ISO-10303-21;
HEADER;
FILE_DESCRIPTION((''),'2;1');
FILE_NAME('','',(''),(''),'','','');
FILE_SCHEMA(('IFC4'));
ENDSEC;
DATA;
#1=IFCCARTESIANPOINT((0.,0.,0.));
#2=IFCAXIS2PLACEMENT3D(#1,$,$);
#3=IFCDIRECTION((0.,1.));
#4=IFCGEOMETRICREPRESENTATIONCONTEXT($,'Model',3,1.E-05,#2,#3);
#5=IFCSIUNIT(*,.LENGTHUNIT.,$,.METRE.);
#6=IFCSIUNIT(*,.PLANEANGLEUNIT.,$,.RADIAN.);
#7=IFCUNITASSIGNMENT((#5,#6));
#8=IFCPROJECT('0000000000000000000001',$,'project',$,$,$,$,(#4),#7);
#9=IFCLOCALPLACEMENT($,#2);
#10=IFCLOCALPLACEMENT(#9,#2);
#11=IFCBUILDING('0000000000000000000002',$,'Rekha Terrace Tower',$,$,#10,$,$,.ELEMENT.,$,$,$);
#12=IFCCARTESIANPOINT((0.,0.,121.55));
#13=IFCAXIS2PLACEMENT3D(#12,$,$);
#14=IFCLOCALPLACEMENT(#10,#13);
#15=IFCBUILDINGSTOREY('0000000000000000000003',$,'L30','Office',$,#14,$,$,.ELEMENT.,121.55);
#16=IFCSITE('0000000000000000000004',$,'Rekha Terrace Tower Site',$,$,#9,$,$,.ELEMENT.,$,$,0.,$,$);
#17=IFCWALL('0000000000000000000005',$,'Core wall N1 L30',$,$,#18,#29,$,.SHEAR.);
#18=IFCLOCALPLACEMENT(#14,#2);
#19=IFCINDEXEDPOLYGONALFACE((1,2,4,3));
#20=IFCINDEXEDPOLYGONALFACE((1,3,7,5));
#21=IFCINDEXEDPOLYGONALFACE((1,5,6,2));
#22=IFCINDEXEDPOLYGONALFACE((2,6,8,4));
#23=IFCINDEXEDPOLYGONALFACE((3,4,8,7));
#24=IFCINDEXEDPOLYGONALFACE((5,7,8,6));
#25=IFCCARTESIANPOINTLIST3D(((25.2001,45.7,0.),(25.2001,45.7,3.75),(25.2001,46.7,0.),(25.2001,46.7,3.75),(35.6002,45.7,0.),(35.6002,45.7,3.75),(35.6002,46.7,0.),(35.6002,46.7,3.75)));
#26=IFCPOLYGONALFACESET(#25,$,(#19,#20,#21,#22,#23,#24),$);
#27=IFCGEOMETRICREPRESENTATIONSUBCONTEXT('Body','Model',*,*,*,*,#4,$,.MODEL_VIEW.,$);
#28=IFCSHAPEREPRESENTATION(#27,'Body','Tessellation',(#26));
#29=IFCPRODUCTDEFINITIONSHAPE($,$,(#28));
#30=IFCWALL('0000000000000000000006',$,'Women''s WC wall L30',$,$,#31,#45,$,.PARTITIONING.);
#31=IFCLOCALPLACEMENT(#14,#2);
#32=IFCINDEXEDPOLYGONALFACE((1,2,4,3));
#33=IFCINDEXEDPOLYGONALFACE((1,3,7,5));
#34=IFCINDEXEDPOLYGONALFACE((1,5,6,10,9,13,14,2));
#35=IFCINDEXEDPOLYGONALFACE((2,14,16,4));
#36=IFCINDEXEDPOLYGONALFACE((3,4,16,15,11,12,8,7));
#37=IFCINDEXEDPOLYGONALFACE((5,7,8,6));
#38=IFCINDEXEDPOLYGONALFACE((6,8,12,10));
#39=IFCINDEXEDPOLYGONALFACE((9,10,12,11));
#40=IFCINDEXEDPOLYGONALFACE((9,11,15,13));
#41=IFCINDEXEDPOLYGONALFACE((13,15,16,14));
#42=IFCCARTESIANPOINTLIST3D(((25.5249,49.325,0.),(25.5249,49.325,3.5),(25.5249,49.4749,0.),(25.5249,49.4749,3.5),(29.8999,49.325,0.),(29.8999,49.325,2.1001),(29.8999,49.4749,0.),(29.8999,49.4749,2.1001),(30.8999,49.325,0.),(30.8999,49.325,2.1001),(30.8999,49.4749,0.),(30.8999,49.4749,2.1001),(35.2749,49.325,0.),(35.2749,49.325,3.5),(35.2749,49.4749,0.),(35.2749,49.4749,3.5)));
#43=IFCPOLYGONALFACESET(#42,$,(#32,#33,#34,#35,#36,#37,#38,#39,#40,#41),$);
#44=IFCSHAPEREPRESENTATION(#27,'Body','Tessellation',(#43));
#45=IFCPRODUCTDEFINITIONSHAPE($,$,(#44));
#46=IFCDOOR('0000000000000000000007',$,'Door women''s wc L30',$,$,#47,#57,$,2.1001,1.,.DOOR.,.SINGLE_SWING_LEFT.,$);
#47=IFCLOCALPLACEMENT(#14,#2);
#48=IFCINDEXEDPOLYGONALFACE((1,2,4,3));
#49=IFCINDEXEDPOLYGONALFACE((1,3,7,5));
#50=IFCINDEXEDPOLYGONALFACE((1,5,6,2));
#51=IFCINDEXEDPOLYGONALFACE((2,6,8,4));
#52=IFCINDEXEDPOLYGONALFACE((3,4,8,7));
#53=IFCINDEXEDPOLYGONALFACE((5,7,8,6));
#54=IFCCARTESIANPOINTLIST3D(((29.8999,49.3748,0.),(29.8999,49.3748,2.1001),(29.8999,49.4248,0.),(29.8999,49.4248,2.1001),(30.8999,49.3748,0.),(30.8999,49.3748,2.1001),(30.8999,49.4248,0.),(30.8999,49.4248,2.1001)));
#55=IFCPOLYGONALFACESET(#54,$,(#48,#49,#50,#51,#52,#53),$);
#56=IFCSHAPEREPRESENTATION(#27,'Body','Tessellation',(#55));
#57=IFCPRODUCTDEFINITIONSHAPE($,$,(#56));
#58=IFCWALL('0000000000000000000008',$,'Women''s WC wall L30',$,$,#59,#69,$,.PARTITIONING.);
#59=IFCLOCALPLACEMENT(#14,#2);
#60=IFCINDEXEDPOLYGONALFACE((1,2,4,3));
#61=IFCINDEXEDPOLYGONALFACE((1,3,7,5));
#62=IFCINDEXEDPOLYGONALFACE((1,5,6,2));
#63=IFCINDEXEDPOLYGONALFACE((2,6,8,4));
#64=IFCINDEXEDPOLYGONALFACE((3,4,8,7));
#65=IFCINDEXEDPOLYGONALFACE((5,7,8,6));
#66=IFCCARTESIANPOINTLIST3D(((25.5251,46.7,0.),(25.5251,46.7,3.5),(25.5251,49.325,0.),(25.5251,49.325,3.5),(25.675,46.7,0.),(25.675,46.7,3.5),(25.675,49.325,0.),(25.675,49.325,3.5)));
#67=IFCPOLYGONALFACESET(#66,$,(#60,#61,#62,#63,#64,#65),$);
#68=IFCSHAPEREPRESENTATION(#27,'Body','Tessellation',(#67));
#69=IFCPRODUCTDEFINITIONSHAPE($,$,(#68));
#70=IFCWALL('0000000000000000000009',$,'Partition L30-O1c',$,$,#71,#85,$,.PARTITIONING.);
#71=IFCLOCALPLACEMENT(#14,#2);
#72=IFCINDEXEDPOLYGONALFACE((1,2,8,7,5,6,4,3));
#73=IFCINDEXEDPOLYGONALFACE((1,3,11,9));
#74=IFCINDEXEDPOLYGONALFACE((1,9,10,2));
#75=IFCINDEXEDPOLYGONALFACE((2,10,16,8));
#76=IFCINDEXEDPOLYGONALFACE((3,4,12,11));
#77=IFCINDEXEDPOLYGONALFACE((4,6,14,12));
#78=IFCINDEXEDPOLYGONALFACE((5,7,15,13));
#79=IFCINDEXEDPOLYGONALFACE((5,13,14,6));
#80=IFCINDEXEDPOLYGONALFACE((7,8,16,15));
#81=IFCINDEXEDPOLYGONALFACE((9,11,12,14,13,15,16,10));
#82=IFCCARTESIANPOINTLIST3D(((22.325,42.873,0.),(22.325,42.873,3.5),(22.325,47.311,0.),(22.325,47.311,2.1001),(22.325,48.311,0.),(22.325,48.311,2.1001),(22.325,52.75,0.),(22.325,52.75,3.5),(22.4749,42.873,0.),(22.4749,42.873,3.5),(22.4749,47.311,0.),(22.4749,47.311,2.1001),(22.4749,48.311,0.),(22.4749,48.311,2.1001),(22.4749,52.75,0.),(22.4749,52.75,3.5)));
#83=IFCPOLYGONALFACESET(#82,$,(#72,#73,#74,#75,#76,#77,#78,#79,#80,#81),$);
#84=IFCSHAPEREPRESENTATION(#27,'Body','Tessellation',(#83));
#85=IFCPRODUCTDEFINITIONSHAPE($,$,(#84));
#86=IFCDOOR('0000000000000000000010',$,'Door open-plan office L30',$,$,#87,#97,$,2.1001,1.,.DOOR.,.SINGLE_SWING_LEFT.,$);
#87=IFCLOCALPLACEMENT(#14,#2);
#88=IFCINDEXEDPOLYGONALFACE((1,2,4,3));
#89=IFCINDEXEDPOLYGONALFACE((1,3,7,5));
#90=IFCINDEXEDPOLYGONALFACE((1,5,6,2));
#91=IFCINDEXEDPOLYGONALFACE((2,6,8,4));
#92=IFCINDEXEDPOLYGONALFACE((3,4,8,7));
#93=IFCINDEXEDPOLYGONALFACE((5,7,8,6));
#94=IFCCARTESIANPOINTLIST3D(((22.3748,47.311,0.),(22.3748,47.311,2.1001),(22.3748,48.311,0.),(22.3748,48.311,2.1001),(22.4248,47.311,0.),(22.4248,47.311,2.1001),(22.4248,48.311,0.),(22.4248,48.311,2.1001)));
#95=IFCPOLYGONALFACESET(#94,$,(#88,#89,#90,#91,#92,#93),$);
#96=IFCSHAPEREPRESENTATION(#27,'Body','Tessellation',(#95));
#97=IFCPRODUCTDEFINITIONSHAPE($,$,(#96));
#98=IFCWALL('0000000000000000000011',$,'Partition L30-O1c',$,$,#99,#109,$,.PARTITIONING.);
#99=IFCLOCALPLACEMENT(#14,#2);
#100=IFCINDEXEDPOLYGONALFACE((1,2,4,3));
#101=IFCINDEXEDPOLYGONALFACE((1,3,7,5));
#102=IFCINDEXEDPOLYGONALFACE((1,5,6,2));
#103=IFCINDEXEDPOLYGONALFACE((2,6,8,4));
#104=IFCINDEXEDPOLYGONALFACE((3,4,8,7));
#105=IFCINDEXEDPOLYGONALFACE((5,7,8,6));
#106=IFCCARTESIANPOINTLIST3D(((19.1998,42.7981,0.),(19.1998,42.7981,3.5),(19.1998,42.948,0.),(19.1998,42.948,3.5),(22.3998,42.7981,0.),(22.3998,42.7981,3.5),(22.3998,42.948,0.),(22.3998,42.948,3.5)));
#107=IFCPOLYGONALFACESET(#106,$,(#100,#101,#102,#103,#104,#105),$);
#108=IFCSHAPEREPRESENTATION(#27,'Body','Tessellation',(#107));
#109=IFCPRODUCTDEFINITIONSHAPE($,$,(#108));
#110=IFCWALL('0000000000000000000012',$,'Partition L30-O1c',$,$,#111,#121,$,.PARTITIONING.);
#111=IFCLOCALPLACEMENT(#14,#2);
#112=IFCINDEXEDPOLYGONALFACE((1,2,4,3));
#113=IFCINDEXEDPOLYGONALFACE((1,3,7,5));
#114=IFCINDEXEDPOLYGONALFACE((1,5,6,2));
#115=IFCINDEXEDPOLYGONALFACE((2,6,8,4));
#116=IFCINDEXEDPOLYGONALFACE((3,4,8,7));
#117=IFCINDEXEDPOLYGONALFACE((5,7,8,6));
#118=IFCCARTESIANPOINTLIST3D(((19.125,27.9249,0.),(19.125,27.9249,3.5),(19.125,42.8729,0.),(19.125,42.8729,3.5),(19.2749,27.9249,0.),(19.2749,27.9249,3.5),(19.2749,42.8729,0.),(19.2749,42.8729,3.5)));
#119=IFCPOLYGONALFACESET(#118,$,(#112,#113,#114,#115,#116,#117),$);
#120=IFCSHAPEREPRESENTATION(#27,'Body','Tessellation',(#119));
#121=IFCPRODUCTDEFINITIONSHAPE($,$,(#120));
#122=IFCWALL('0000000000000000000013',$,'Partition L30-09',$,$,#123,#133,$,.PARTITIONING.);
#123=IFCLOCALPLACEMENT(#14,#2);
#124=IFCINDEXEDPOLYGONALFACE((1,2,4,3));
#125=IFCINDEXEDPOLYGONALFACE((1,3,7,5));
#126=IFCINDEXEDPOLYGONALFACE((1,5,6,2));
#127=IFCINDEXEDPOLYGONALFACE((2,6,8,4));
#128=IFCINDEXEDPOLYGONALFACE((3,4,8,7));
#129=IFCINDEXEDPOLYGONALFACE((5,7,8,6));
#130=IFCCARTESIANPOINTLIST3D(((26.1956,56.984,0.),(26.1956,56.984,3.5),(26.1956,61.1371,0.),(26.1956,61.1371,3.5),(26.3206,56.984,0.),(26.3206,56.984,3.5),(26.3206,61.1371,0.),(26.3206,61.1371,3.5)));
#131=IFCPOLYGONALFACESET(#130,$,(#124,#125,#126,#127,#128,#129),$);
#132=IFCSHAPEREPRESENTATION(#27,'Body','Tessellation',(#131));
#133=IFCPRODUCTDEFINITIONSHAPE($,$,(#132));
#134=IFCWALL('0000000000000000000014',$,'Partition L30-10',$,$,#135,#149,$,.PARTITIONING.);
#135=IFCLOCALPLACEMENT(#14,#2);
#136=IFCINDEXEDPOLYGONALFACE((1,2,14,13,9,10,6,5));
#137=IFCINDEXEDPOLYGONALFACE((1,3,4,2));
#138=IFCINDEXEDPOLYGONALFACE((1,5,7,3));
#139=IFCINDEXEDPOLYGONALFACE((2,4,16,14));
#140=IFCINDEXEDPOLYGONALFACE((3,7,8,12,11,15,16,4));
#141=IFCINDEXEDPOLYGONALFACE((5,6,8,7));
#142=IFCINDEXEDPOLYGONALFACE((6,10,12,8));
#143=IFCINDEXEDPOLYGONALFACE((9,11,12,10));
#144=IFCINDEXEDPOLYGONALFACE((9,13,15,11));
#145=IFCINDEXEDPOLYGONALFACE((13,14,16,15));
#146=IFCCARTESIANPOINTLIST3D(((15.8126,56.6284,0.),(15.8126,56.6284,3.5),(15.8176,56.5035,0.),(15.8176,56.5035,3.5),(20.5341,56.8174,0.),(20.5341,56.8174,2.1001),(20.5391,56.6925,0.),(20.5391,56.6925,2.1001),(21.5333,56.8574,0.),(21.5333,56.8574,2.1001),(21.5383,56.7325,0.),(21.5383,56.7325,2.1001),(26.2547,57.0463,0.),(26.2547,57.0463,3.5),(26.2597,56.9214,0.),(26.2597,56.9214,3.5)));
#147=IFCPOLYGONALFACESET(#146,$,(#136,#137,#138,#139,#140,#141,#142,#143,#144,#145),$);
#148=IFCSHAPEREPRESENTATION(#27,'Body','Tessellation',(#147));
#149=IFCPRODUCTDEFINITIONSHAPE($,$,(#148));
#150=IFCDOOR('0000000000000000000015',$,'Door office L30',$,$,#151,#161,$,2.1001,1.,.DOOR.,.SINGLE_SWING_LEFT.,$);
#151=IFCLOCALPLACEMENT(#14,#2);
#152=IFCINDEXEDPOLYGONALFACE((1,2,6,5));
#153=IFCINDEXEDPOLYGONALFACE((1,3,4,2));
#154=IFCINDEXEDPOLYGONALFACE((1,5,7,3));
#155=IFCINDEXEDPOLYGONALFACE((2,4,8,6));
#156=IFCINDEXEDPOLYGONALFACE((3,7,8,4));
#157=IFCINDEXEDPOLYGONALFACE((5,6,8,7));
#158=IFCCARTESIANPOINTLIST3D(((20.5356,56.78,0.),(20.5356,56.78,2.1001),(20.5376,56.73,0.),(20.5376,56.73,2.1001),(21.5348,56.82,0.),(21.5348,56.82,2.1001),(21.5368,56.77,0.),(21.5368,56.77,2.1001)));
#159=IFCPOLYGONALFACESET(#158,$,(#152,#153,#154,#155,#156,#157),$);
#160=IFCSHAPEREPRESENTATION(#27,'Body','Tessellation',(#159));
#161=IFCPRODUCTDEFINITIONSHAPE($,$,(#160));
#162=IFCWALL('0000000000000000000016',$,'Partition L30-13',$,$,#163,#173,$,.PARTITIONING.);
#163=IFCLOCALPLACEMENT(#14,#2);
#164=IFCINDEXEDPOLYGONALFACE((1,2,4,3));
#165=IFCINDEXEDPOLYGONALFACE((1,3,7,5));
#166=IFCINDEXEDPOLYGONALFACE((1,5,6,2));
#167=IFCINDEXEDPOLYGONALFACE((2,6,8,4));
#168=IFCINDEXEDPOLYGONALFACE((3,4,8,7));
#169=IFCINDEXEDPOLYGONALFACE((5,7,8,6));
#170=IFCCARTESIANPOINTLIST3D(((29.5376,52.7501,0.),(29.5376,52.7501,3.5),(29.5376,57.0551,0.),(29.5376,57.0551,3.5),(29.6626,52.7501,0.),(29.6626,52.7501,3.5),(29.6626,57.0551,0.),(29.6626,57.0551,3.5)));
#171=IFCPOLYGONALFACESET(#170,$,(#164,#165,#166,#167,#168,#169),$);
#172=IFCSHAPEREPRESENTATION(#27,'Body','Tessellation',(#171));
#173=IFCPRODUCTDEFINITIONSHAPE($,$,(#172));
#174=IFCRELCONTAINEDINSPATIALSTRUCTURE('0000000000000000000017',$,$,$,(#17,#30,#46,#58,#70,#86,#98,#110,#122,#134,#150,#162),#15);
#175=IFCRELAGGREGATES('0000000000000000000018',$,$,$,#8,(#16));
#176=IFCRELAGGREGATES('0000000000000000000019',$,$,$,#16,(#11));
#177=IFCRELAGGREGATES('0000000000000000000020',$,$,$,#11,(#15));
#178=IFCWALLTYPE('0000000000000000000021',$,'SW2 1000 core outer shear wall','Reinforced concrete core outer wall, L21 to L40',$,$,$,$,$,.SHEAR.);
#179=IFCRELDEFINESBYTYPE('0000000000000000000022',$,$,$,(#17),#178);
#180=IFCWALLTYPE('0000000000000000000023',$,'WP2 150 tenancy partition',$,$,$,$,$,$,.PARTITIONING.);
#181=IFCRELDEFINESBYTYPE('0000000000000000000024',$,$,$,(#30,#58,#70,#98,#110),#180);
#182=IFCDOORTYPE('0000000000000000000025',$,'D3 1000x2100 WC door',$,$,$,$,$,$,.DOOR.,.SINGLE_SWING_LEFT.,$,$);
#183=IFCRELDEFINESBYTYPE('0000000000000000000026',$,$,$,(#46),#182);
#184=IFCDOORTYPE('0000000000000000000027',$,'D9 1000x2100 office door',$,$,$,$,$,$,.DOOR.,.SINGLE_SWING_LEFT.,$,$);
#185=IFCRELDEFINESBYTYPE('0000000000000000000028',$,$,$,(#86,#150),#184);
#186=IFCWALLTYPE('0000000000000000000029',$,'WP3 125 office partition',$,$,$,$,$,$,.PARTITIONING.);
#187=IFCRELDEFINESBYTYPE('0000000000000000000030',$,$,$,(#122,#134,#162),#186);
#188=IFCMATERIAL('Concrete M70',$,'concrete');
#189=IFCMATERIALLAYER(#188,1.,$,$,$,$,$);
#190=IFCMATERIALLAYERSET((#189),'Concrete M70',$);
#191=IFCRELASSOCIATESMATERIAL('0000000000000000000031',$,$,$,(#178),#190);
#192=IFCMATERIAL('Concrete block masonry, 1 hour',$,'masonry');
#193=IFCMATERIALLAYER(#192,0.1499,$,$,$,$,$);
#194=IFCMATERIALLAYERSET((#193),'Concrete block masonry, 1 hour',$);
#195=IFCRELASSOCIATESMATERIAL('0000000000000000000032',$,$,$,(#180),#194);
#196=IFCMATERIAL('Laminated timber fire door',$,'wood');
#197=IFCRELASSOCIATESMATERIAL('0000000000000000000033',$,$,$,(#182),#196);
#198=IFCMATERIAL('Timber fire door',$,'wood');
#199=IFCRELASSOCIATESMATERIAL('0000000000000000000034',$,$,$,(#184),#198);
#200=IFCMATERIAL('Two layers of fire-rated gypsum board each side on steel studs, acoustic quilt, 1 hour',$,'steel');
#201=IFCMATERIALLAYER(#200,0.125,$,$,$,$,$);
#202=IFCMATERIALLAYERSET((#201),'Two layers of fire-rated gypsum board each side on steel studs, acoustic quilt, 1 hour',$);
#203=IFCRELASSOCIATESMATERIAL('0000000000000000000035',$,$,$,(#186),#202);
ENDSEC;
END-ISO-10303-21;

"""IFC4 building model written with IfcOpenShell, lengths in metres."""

from ifc_helpers import new_model, si_unit, direction, frame, frame_2d, origin, place, context, subcontext, project, spatial, rectangle, extrude, material, layer, layer_set, type_object, element, fill, save


model = new_model("IFC4")

# Units and contexts
model_context = context("Model", 3, precision=1e-05, world=origin(), true_north=direction((0.0, 1.0)))
body_context = subcontext(model_context, "Body", "Model", "MODEL_VIEW")
ifc_project = project(units=[si_unit("LENGTHUNIT", "METRE"), si_unit("PLANEANGLEUNIT", "RADIAN")], contexts=[model_context])

# Site, building, storey
site_placement = place(None, origin())
site = spatial("IfcSite", under=ifc_project, at=site_placement, Name="Rekha Terrace Tower Site", CompositionType="ELEMENT", RefElevation=0.0)
building_placement = place(site_placement, origin())
building = spatial("IfcBuilding", under=site, at=building_placement, Name="Rekha Terrace Tower", CompositionType="ELEMENT")
storey_placement = place(building_placement, frame((0.0, 0.0, 121.55)))
storey = spatial("IfcBuildingStorey", under=building, at=storey_placement, Name="L30", Description="Office", CompositionType="ELEMENT", Elevation=121.55)

# Shared definitions
ifc_material_1 = material(Name="Concrete M70", Category="concrete")

# Wall
ifc_layer_1 = layer(ifc_material_1, 1.0)
ifc_layer_set_1 = layer_set([ifc_layer_1], Name="Concrete M70")
wall_type_1 = type_object("IfcWallType", Name="SW2 1000 core outer shear wall", Description="Reinforced concrete core outer wall, L21 to L40", PredefinedType="SHEAR", material=ifc_layer_set_1)
wall_1_placement = place(storey_placement, frame((25.2, 46.2, 0.0), z_axis=(0.0, 0.0, 1.0), x_axis=(1.0, 0.0, 0.0)))
element("IfcWall", 1, at=wall_1_placement, inside=storey, type_object=wall_type_1, Name="Core wall N1 L30", PredefinedType="SHEAR", context=body_context, shape_type="SweptSolid", body=[
    extrude(rectangle(XDim=10.4001, YDim=1.0, at=frame_2d((5.2002, 0.0))), origin(), (0.0, 0.0, 1.0), 3.75),
])

# Wall, opening, door
ifc_material_2 = material(Name="Concrete block masonry, 1 hour", Category="masonry")
ifc_layer_2 = layer(ifc_material_2, 0.1499)
ifc_layer_set_2 = layer_set([ifc_layer_2], Name="Concrete block masonry, 1 hour")
wall_type_2 = type_object("IfcWallType", Name="WP2 150 tenancy partition", PredefinedType="PARTITIONING", material=ifc_layer_set_2)
wall_2_placement = place(storey_placement, frame((25.5249, 49.3999, 0.0), z_axis=(0.0, 0.0, 1.0), x_axis=(1.0, 0.0, 0.0)))
wall_2 = element("IfcWall", 2, at=wall_2_placement, inside=storey, type_object=wall_type_2, Name="Women's WC wall L30", PredefinedType="PARTITIONING", context=body_context, shape_type="SweptSolid", body=[
    extrude(rectangle(XDim=9.75, YDim=0.1499, at=frame_2d((4.875, 0.0))), origin(), (0.0, 0.0, 1.0), 3.5),
])
opening_1_placement = place(wall_2_placement, frame((4.375, 0.0, 0.0)))
opening_1 = element("IfcOpeningElement", 3, at=opening_1_placement, cuts=wall_2, PredefinedType="OPENING", context=body_context, shape_type="SweptSolid", body=[
    extrude(rectangle(XDim=1.0, YDim=2.1001, at=frame_2d((0.5, 1.05))), frame((0.0, 0.085, 0.0), z_axis=(0.0, -1.0, 0.0), x_axis=(1.0, 0.0, 0.0)), (0.0, 0.0, 1.0), 0.1699),
])
ifc_material_3 = material(Name="Laminated timber fire door", Category="wood")
door_type_1 = type_object("IfcDoorType", Name="D3 1000x2100 WC door", OperationType="SINGLE_SWING_LEFT", PredefinedType="DOOR", material=ifc_material_3)
door_1_placement = place(opening_1_placement, origin())
door_1 = element("IfcDoor", 4, at=door_1_placement, inside=storey, type_object=door_type_1, Name="Door women's wc L30", OperationType="SINGLE_SWING_LEFT", OverallHeight=2.1001, OverallWidth=1.0, PredefinedType="DOOR", context=body_context, shape_type="SweptSolid", body=[
    extrude(rectangle(XDim=1.0, YDim=2.1001, at=frame_2d((0.5, 1.05))), frame((0.0, 0.0249, 0.0), z_axis=(0.0, -1.0, 0.0), x_axis=(1.0, 0.0, 0.0)), (0.0, 0.0, 1.0), 0.05),
])
fill(opening_1, door_1)

# Wall
wall_3_placement = place(storey_placement, frame((25.6001, 46.7, 0.0), z_axis=(0.0, 0.0, 1.0), x_axis=(0.0, 1.0, 0.0)))
element("IfcWall", 5, at=wall_3_placement, inside=storey, type_object=wall_type_2, Name="Women's WC wall L30", PredefinedType="PARTITIONING", context=body_context, shape_type="SweptSolid", body=[
    extrude(rectangle(XDim=2.625, YDim=0.1499, at=frame_2d((1.3125, 0.0))), origin(), (0.0, 0.0, 1.0), 3.5),
])

# Wall, opening, door
wall_4_placement = place(storey_placement, frame((22.3999, 52.75, 0.0), z_axis=(0.0, 0.0, 1.0), x_axis=(0.0, -1.0, 0.0)))
wall_4 = element("IfcWall", 6, at=wall_4_placement, inside=storey, type_object=wall_type_2, Name="Partition L30-O1c", PredefinedType="PARTITIONING", context=body_context, shape_type="SweptSolid", body=[
    extrude(rectangle(XDim=9.877, YDim=0.1499, at=frame_2d((4.9385, 0.0))), origin(), (0.0, 0.0, 1.0), 3.5),
])
opening_2_placement = place(wall_4_placement, frame((4.439, 0.0, 0.0)))
opening_2 = element("IfcOpeningElement", 7, at=opening_2_placement, cuts=wall_4, PredefinedType="OPENING", context=body_context, shape_type="SweptSolid", body=[
    extrude(rectangle(XDim=1.0, YDim=2.1001, at=frame_2d((0.5, 1.05))), frame((0.0, 0.085, 0.0), z_axis=(0.0, -1.0, 0.0), x_axis=(1.0, 0.0, 0.0)), (0.0, 0.0, 1.0), 0.1699),
])
ifc_material_4 = material(Name="Timber fire door", Category="wood")
door_type_2 = type_object("IfcDoorType", Name="D9 1000x2100 office door", OperationType="SINGLE_SWING_LEFT", PredefinedType="DOOR", material=ifc_material_4)
door_2_placement = place(opening_2_placement, origin())
door_2 = element("IfcDoor", 8, at=door_2_placement, inside=storey, type_object=door_type_2, Name="Door open-plan office L30", OperationType="SINGLE_SWING_LEFT", OverallHeight=2.1001, OverallWidth=1.0, PredefinedType="DOOR", context=body_context, shape_type="SweptSolid", body=[
    extrude(rectangle(XDim=1.0, YDim=2.1001, at=frame_2d((0.5, 1.05))), frame((0.0, 0.0249, 0.0), z_axis=(0.0, -1.0, 0.0), x_axis=(1.0, 0.0, 0.0)), (0.0, 0.0, 1.0), 0.05),
])
fill(opening_2, door_2)

# Walls
wall_5_placement = place(storey_placement, frame((22.3999, 42.873, 0.0), z_axis=(0.0, 0.0, 1.0), x_axis=(-1.0, 0.0, 0.0)))
element("IfcWall", 9, at=wall_5_placement, inside=storey, type_object=wall_type_2, Name="Partition L30-O1c", PredefinedType="PARTITIONING", context=body_context, shape_type="SweptSolid", body=[
    extrude(rectangle(XDim=3.2, YDim=0.1499, at=frame_2d((1.6001, 0.0))), origin(), (0.0, 0.0, 1.0), 3.5),
])
wall_6_placement = place(storey_placement, frame((19.2, 42.873, 0.0), z_axis=(0.0, 0.0, 1.0), x_axis=(0.0, -1.0, 0.0)))
element("IfcWall", 10, at=wall_6_placement, inside=storey, type_object=wall_type_2, Name="Partition L30-O1c", PredefinedType="PARTITIONING", context=body_context, shape_type="SweptSolid", body=[
    extrude(rectangle(XDim=14.948, YDim=0.1499, at=frame_2d((7.4741, 0.0))), origin(), (0.0, 0.0, 1.0), 3.5),
])
ifc_material_5 = material(Name="Two layers of fire-rated gypsum board each side on steel studs, acoustic quilt, 1 hour", Category="steel")
ifc_layer_3 = layer(ifc_material_5, 0.125)
ifc_layer_set_3 = layer_set([ifc_layer_3], Name="Two layers of fire-rated gypsum board each side on steel studs, acoustic quilt, 1 hour")
wall_type_3 = type_object("IfcWallType", Name="WP3 125 office partition", PredefinedType="PARTITIONING", material=ifc_layer_set_3)
wall_7_placement = place(storey_placement, frame((26.2581, 56.9839, 0.0), z_axis=(0.0, 0.0, 1.0), x_axis=(0.0, 1.0, 0.0)))
element("IfcWall", 11, at=wall_7_placement, inside=storey, type_object=wall_type_3, Name="Partition L30-09", PredefinedType="PARTITIONING", context=body_context, shape_type="SweptSolid", body=[
    extrude(rectangle(XDim=4.1531, YDim=0.125, at=frame_2d((2.0767, 0.0))), origin(), (0.0, 0.0, 1.0), 3.5),
])

# Wall, opening, door
wall_8_placement = place(storey_placement, frame((26.2571, 56.9839, 0.0), z_axis=(0.0, 0.0, 1.0), x_axis=(-0.9992, -0.039995, 0.0)))
wall_8 = element("IfcWall", 12, at=wall_8_placement, inside=storey, type_object=wall_type_3, Name="Partition L30-10", PredefinedType="PARTITIONING", context=body_context, shape_type="SweptSolid", body=[
    extrude(rectangle(XDim=10.4504, YDim=0.125, at=frame_2d((5.2251, 0.0))), origin(), (0.0, 0.0, 1.0), 3.5),
])
opening_3_placement = place(wall_8_placement, frame((4.7251, 0.0, 0.0)))
opening_3 = element("IfcOpeningElement", 13, at=opening_3_placement, cuts=wall_8, PredefinedType="OPENING", context=body_context, shape_type="SweptSolid", body=[
    extrude(rectangle(XDim=1.0, YDim=2.1001, at=frame_2d((0.5, 1.05))), frame((0.0, 0.0725, 0.0), z_axis=(0.0, -1.0, 0.0), x_axis=(1.0, 0.0, 0.0)), (0.0, 0.0, 1.0), 0.145),
])
door_3_placement = place(opening_3_placement, origin())
door_3 = element("IfcDoor", 14, at=door_3_placement, inside=storey, type_object=door_type_2, Name="Door office L30", OperationType="SINGLE_SWING_LEFT", OverallHeight=2.1001, OverallWidth=1.0, PredefinedType="DOOR", context=body_context, shape_type="SweptSolid", body=[
    extrude(rectangle(XDim=1.0, YDim=2.1001, at=frame_2d((0.5, 1.05))), frame((0.0, 0.0249, 0.0), z_axis=(0.0, -1.0, 0.0), x_axis=(1.0, 0.0, 0.0)), (0.0, 0.0, 1.0), 0.05),
])
fill(opening_3, door_3)

# Wall
wall_9_placement = place(storey_placement, frame((29.6001, 57.0549, 0.0), z_axis=(0.0, 0.0, 1.0), x_axis=(0.0, -1.0, 0.0)))
element("IfcWall", 15, at=wall_9_placement, inside=storey, type_object=wall_type_3, Name="Partition L30-13", PredefinedType="PARTITIONING", context=body_context, shape_type="SweptSolid", body=[
    extrude(rectangle(XDim=4.3049, YDim=0.125, at=frame_2d((2.1523, 0.0))), origin(), (0.0, 0.0, 1.0), 3.5),
])

save(model, "model.ifc")
